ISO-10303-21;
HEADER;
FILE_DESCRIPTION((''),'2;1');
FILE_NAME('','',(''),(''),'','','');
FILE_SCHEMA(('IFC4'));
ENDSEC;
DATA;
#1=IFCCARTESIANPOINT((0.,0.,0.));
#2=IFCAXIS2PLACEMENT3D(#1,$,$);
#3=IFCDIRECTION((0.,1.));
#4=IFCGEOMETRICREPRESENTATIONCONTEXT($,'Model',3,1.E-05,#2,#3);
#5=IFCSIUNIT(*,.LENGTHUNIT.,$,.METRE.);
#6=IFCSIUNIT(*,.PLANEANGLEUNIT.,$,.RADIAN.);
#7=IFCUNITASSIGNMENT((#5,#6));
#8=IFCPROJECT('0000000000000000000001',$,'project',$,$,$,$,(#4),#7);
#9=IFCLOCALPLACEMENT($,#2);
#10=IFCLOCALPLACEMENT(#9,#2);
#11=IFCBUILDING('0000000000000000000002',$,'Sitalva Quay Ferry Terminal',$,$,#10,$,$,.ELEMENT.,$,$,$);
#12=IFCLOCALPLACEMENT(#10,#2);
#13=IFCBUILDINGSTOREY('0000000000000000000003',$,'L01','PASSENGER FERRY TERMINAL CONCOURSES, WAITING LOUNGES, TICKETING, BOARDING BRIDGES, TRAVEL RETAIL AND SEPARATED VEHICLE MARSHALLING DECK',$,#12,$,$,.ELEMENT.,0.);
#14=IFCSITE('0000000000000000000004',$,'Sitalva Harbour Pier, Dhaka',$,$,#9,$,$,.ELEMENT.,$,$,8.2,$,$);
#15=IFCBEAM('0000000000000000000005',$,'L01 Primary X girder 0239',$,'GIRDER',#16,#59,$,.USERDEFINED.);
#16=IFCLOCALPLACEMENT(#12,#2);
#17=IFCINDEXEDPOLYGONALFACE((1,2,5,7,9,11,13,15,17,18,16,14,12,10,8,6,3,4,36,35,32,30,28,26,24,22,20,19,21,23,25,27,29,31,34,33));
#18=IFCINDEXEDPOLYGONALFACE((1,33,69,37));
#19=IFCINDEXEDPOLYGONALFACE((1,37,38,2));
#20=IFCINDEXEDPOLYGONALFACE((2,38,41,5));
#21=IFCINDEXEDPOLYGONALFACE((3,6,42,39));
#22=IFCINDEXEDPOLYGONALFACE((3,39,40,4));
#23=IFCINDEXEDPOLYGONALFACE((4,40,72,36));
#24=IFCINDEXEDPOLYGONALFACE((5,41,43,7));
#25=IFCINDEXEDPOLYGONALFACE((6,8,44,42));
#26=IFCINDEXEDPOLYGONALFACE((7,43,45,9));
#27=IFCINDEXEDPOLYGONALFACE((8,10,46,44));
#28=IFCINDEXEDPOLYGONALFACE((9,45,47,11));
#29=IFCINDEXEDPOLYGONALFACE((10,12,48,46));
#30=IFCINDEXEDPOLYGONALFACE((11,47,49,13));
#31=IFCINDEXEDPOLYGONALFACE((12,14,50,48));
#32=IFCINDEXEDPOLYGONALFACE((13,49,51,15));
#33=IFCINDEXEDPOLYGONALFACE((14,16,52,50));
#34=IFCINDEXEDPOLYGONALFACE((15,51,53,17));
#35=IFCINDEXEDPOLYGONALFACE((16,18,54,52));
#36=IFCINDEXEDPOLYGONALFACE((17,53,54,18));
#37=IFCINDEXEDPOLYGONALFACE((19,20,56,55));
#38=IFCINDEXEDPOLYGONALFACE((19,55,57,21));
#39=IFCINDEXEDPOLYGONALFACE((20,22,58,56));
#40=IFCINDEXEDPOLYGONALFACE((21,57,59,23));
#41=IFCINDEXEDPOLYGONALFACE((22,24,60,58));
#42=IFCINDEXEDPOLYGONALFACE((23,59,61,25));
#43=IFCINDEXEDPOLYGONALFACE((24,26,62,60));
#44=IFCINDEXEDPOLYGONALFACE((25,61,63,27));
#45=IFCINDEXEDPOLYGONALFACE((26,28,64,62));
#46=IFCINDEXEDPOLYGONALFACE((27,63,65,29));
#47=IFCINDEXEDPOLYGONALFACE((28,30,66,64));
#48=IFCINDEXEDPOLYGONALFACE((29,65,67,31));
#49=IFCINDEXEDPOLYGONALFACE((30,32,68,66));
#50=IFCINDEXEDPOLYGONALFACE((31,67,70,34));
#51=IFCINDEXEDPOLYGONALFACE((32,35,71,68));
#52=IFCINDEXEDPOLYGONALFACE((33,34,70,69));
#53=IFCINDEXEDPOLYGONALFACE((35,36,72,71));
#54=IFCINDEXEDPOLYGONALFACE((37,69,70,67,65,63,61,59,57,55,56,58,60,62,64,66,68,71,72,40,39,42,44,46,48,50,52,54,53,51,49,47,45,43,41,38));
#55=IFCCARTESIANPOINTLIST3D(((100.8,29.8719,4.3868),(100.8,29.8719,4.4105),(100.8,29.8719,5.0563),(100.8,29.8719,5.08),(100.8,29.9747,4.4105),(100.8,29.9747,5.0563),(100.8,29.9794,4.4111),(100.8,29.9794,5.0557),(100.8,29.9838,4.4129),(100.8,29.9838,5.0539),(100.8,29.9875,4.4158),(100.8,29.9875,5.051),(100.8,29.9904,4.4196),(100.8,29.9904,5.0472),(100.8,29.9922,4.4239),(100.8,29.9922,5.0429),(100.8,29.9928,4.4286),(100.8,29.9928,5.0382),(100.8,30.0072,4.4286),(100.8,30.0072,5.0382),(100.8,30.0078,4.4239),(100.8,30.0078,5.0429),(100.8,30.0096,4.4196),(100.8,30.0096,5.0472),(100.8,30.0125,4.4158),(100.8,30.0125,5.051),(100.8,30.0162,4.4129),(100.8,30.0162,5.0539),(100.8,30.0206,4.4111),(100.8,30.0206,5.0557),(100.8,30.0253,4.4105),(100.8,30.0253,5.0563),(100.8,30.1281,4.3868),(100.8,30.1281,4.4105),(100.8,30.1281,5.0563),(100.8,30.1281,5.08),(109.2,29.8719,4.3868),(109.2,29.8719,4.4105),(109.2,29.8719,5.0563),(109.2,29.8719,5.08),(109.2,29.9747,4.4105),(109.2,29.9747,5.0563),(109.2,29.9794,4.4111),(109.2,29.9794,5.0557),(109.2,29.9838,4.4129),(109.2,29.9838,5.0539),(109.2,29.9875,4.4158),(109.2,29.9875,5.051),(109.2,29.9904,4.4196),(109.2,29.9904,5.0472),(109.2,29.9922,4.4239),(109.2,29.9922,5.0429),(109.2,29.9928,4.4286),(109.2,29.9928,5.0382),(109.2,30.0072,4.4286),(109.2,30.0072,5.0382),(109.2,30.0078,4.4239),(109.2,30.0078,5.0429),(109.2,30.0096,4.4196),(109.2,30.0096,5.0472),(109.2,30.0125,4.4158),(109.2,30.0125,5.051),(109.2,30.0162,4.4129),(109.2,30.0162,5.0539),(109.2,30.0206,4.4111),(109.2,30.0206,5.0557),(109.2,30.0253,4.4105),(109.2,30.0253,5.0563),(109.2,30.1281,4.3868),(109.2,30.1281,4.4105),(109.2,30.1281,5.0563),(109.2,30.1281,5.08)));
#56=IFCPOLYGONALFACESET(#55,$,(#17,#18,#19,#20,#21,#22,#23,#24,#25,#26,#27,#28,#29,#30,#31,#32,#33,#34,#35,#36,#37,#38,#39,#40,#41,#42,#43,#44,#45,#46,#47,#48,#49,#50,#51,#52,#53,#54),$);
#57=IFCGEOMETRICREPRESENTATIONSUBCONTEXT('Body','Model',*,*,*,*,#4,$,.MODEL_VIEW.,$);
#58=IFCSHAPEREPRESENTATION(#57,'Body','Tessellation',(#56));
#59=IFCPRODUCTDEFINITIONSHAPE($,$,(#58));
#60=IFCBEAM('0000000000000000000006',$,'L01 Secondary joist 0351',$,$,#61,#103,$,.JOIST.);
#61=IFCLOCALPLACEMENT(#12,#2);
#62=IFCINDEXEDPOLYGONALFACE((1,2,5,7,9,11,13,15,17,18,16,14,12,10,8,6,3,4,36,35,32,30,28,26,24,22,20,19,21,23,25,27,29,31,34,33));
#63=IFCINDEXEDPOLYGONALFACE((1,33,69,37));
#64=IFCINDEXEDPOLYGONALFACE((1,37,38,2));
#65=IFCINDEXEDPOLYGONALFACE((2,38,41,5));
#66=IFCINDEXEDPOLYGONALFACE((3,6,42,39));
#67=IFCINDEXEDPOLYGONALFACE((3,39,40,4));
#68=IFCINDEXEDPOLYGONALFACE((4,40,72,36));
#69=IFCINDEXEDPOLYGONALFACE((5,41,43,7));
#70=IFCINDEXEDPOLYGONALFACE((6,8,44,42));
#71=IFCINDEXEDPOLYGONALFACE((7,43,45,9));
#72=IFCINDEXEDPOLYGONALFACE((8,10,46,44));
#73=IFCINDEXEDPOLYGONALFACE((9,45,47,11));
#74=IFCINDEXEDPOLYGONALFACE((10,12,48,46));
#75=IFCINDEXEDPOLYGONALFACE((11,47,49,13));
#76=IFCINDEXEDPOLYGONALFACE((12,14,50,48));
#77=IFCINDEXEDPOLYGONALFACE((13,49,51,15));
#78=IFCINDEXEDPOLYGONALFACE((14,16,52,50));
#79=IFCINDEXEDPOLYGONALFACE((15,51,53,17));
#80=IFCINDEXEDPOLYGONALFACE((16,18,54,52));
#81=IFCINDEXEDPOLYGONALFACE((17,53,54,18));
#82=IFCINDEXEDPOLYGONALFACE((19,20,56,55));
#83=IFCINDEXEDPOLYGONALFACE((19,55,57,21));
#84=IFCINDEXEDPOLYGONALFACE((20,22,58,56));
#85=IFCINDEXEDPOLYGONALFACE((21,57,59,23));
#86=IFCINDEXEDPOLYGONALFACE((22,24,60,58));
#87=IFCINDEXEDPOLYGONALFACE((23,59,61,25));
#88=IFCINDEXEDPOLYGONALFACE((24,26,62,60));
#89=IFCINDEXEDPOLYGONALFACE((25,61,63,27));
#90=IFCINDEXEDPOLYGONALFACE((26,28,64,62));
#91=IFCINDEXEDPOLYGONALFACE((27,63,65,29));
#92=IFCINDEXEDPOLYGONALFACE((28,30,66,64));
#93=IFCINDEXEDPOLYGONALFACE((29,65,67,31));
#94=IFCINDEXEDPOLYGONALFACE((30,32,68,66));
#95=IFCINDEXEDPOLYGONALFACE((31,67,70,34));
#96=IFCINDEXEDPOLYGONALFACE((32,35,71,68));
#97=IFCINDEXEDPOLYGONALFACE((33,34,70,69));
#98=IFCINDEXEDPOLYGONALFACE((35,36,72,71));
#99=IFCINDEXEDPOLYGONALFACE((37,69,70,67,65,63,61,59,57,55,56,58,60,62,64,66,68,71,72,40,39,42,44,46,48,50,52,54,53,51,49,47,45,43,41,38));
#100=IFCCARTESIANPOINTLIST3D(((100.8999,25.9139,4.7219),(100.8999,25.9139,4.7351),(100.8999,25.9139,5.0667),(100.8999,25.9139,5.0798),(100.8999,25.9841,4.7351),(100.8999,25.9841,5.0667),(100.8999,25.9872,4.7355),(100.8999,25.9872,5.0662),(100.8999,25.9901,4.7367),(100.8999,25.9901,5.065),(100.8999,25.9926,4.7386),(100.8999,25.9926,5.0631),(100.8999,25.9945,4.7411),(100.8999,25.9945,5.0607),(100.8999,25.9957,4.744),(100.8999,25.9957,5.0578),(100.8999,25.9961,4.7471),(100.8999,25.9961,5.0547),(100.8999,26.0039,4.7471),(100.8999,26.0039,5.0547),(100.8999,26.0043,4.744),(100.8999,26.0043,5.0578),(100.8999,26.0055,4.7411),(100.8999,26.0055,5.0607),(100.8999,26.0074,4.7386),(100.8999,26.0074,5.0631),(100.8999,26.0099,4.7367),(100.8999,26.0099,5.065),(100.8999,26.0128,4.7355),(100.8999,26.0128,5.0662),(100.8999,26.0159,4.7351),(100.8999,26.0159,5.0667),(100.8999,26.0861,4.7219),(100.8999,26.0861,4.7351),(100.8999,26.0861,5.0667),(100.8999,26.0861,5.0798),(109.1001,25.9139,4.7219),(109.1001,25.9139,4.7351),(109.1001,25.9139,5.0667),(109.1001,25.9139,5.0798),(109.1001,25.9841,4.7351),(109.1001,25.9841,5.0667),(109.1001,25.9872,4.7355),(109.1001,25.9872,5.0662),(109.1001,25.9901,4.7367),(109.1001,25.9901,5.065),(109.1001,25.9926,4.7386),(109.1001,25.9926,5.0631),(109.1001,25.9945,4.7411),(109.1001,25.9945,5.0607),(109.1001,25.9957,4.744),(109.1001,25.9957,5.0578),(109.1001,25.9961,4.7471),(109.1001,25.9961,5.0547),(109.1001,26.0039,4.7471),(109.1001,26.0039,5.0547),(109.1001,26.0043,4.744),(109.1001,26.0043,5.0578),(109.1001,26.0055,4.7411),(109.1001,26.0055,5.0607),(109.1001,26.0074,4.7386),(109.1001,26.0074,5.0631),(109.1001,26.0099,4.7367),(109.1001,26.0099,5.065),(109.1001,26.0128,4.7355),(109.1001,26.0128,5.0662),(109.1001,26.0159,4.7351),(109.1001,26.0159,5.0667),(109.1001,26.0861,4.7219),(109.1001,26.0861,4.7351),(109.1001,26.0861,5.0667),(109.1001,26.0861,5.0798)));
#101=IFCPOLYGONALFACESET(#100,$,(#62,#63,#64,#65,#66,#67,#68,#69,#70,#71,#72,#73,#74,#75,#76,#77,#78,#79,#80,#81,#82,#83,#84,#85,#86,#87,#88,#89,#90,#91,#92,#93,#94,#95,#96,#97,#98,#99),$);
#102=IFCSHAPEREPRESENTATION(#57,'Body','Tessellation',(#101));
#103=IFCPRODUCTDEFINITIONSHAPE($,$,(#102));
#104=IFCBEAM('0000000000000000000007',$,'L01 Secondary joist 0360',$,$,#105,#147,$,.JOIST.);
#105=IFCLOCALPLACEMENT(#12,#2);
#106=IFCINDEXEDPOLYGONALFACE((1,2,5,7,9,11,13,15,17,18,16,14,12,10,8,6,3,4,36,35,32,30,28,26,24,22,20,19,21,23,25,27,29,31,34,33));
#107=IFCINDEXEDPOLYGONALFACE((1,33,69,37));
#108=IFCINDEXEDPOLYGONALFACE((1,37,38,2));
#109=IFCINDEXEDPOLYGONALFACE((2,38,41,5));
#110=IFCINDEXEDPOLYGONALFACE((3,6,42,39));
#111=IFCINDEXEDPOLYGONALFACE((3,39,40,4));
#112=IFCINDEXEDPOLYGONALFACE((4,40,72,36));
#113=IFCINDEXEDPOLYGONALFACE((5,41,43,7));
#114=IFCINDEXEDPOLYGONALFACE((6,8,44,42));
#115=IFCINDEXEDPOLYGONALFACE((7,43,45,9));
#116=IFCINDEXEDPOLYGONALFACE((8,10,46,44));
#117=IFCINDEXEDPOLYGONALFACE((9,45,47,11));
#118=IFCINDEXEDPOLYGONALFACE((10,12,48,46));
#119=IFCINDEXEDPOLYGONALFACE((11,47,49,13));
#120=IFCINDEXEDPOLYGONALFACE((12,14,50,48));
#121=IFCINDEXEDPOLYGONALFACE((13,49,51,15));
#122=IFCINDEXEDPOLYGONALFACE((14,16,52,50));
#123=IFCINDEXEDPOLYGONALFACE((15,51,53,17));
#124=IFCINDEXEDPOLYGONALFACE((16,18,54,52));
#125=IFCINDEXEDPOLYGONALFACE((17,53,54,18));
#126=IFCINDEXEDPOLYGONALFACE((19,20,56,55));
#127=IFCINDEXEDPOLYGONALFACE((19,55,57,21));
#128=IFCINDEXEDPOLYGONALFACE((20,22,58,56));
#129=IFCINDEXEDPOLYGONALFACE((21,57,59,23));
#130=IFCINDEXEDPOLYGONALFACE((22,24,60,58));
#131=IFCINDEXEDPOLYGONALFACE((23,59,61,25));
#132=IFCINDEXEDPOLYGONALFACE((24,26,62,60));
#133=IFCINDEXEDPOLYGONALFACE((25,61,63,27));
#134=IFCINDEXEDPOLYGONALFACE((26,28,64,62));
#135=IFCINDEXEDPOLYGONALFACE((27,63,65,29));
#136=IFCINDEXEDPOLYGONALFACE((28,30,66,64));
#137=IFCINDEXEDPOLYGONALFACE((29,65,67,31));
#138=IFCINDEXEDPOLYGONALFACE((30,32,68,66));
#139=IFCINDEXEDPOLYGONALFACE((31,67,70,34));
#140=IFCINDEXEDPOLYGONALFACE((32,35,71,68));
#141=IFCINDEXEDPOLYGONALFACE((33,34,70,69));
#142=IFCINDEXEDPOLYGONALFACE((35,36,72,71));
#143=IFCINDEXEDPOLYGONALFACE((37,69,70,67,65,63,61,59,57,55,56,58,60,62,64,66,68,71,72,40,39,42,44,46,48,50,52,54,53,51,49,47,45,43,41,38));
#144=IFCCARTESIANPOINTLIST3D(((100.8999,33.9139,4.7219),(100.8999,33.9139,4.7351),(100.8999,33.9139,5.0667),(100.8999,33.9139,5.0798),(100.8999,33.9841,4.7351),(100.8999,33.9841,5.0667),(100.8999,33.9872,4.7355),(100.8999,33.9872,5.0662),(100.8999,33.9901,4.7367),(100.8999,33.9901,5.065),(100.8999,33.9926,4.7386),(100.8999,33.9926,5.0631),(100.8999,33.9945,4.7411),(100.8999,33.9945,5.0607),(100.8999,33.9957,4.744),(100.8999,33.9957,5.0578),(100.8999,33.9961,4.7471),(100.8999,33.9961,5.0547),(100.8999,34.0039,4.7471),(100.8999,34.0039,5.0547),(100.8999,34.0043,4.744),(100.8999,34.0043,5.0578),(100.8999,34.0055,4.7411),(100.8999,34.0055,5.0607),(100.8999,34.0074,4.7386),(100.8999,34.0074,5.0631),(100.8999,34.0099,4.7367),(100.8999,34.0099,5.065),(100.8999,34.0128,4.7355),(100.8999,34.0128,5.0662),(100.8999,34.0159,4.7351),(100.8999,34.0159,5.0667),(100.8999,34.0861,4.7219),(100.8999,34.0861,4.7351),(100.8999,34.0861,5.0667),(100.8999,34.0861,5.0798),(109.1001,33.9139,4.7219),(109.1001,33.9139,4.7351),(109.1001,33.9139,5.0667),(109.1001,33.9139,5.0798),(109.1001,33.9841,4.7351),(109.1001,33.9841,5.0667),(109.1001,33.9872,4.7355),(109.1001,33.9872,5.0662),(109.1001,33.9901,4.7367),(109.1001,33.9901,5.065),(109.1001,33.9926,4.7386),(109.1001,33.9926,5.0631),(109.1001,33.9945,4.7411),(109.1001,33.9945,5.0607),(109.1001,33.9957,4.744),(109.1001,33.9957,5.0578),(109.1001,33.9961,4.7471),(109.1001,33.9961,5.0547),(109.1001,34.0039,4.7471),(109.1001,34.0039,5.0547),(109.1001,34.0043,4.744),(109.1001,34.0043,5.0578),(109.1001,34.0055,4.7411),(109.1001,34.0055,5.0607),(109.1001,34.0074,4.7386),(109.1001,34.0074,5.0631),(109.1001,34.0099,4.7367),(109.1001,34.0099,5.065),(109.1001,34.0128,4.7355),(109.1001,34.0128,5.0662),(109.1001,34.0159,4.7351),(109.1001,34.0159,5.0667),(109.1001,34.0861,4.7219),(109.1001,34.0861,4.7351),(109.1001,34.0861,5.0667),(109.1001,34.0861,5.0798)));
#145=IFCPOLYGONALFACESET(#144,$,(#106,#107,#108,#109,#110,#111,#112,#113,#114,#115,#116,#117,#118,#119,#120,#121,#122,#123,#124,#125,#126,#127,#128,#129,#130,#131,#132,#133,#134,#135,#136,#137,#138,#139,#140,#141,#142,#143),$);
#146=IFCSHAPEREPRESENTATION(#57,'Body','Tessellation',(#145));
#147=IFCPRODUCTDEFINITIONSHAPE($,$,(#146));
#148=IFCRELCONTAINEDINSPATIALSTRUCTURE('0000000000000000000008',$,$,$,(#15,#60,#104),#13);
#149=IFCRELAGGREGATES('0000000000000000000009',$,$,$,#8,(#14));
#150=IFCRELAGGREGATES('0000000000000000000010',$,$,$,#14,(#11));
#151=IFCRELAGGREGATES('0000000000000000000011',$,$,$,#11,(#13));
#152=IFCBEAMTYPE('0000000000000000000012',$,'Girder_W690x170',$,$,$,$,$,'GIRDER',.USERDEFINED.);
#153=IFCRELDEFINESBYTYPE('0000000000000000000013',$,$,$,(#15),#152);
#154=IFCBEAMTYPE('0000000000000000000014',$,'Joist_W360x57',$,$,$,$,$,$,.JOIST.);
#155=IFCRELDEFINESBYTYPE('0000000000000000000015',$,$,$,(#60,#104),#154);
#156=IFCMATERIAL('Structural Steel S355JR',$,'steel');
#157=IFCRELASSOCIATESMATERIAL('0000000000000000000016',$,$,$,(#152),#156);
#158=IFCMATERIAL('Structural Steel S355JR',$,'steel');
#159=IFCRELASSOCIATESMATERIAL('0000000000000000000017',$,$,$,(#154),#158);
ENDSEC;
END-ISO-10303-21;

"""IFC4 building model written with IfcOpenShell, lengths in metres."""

from ifc_helpers import new_model, si_unit, direction, frame, origin, origin_2d, place, context, subcontext, project, spatial, i_section, extrude, material, material_profile, profile_set, type_object, element, save


model = new_model("IFC4")

# Units and contexts
model_context = context("Model", 3, precision=1e-05, world=origin(), true_north=direction((0.0, 1.0)))
body_context = subcontext(model_context, "Body", "Model", "MODEL_VIEW")
ifc_project = project(units=[si_unit("LENGTHUNIT", "METRE"), si_unit("PLANEANGLEUNIT", "RADIAN")], contexts=[model_context])

# Site, building, storey
site_placement = place(None, origin())
site = spatial("IfcSite", under=ifc_project, at=site_placement, Name="Sitalva Harbour Pier, Dhaka", CompositionType="ELEMENT", RefElevation=8.2)
building_placement = place(site_placement, origin())
building = spatial("IfcBuilding", under=site, at=building_placement, Name="Sitalva Quay Ferry Terminal", CompositionType="ELEMENT")
storey_placement = place(building_placement, origin())
storey = spatial("IfcBuildingStorey", under=building, at=storey_placement, Name="L01", Description="PASSENGER FERRY TERMINAL CONCOURSES, WAITING LOUNGES, TICKETING, BOARDING BRIDGES, TRAVEL RETAIL AND SEPARATED VEHICLE MARSHALLING DECK", CompositionType="ELEMENT", Elevation=0.0)

# Beams
ifc_material_1 = material(Name="Structural Steel S355JR", Category="steel")
ifc_material_profile_1 = material_profile(ifc_material_1, i_section(OverallWidth=0.2561, OverallDepth=0.6931, WebThickness=0.0144, FlangeThickness=0.0237, FilletRadius=0.0181, at=origin_2d()), Name="W690x170")
ifc_profile_set_1 = profile_set([ifc_material_profile_1], Name="Structural Steel S355JR")
beam_type_1 = type_object("IfcBeamType", Name="Girder_W690x170", ElementType="GIRDER", PredefinedType="USERDEFINED", material=ifc_profile_set_1)
beam_1_placement = place(storey_placement, frame((100.8, 30.0, 4.7334), z_axis=(1.0, 0.0, 0.0), x_axis=(0.0, 1.0, 0.0)))
element("IfcBeam", 1, at=beam_1_placement, inside=storey, type_object=beam_type_1, Name="L01 Primary X girder 0239", ObjectType="GIRDER", PredefinedType="USERDEFINED", context=body_context, shape_type="SweptSolid", body=[
    extrude(i_section(OverallWidth=0.2561, OverallDepth=0.6931, WebThickness=0.0144, FlangeThickness=0.0237, FilletRadius=0.0181, at=origin_2d()), origin(), (0.0, 0.0, 1.0), 8.3999),
])
ifc_material_2 = material(Name="Structural Steel S355JR", Category="steel")
ifc_material_profile_2 = material_profile(ifc_material_2, i_section(OverallWidth=0.1721, OverallDepth=0.3579, WebThickness=0.0078, FlangeThickness=0.0132, FilletRadius=0.012, at=origin_2d()), Name="W360x57")
ifc_profile_set_2 = profile_set([ifc_material_profile_2], Name="Structural Steel S355JR")
beam_type_2 = type_object("IfcBeamType", Name="Joist_W360x57", PredefinedType="JOIST", material=ifc_profile_set_2)
for number, where, z_axis, x_axis, name in (
    (2, (100.8999, 26.0, 4.9009), (1.0, 0.0, 0.0), (0.0, 1.0, 0.0), "L01 Secondary joist 0351"),
    (3, (100.8999, 34.0, 4.9009), (1.0, 0.0, 0.0), (0.0, 1.0, 0.0), "L01 Secondary joist 0360"),
):
    element("IfcBeam", number, at=place(storey_placement, frame(where, z_axis=z_axis, x_axis=x_axis)), inside=storey, type_object=beam_type_2, Name=name, PredefinedType="JOIST", context=body_context, shape_type="SweptSolid", body=[
        extrude(i_section(OverallWidth=0.1721, OverallDepth=0.3579, WebThickness=0.0078, FlangeThickness=0.0132, FilletRadius=0.012, at=origin_2d()), origin(), (0.0, 0.0, 1.0), 8.2002),
    ])

save(model, "model.ifc")
